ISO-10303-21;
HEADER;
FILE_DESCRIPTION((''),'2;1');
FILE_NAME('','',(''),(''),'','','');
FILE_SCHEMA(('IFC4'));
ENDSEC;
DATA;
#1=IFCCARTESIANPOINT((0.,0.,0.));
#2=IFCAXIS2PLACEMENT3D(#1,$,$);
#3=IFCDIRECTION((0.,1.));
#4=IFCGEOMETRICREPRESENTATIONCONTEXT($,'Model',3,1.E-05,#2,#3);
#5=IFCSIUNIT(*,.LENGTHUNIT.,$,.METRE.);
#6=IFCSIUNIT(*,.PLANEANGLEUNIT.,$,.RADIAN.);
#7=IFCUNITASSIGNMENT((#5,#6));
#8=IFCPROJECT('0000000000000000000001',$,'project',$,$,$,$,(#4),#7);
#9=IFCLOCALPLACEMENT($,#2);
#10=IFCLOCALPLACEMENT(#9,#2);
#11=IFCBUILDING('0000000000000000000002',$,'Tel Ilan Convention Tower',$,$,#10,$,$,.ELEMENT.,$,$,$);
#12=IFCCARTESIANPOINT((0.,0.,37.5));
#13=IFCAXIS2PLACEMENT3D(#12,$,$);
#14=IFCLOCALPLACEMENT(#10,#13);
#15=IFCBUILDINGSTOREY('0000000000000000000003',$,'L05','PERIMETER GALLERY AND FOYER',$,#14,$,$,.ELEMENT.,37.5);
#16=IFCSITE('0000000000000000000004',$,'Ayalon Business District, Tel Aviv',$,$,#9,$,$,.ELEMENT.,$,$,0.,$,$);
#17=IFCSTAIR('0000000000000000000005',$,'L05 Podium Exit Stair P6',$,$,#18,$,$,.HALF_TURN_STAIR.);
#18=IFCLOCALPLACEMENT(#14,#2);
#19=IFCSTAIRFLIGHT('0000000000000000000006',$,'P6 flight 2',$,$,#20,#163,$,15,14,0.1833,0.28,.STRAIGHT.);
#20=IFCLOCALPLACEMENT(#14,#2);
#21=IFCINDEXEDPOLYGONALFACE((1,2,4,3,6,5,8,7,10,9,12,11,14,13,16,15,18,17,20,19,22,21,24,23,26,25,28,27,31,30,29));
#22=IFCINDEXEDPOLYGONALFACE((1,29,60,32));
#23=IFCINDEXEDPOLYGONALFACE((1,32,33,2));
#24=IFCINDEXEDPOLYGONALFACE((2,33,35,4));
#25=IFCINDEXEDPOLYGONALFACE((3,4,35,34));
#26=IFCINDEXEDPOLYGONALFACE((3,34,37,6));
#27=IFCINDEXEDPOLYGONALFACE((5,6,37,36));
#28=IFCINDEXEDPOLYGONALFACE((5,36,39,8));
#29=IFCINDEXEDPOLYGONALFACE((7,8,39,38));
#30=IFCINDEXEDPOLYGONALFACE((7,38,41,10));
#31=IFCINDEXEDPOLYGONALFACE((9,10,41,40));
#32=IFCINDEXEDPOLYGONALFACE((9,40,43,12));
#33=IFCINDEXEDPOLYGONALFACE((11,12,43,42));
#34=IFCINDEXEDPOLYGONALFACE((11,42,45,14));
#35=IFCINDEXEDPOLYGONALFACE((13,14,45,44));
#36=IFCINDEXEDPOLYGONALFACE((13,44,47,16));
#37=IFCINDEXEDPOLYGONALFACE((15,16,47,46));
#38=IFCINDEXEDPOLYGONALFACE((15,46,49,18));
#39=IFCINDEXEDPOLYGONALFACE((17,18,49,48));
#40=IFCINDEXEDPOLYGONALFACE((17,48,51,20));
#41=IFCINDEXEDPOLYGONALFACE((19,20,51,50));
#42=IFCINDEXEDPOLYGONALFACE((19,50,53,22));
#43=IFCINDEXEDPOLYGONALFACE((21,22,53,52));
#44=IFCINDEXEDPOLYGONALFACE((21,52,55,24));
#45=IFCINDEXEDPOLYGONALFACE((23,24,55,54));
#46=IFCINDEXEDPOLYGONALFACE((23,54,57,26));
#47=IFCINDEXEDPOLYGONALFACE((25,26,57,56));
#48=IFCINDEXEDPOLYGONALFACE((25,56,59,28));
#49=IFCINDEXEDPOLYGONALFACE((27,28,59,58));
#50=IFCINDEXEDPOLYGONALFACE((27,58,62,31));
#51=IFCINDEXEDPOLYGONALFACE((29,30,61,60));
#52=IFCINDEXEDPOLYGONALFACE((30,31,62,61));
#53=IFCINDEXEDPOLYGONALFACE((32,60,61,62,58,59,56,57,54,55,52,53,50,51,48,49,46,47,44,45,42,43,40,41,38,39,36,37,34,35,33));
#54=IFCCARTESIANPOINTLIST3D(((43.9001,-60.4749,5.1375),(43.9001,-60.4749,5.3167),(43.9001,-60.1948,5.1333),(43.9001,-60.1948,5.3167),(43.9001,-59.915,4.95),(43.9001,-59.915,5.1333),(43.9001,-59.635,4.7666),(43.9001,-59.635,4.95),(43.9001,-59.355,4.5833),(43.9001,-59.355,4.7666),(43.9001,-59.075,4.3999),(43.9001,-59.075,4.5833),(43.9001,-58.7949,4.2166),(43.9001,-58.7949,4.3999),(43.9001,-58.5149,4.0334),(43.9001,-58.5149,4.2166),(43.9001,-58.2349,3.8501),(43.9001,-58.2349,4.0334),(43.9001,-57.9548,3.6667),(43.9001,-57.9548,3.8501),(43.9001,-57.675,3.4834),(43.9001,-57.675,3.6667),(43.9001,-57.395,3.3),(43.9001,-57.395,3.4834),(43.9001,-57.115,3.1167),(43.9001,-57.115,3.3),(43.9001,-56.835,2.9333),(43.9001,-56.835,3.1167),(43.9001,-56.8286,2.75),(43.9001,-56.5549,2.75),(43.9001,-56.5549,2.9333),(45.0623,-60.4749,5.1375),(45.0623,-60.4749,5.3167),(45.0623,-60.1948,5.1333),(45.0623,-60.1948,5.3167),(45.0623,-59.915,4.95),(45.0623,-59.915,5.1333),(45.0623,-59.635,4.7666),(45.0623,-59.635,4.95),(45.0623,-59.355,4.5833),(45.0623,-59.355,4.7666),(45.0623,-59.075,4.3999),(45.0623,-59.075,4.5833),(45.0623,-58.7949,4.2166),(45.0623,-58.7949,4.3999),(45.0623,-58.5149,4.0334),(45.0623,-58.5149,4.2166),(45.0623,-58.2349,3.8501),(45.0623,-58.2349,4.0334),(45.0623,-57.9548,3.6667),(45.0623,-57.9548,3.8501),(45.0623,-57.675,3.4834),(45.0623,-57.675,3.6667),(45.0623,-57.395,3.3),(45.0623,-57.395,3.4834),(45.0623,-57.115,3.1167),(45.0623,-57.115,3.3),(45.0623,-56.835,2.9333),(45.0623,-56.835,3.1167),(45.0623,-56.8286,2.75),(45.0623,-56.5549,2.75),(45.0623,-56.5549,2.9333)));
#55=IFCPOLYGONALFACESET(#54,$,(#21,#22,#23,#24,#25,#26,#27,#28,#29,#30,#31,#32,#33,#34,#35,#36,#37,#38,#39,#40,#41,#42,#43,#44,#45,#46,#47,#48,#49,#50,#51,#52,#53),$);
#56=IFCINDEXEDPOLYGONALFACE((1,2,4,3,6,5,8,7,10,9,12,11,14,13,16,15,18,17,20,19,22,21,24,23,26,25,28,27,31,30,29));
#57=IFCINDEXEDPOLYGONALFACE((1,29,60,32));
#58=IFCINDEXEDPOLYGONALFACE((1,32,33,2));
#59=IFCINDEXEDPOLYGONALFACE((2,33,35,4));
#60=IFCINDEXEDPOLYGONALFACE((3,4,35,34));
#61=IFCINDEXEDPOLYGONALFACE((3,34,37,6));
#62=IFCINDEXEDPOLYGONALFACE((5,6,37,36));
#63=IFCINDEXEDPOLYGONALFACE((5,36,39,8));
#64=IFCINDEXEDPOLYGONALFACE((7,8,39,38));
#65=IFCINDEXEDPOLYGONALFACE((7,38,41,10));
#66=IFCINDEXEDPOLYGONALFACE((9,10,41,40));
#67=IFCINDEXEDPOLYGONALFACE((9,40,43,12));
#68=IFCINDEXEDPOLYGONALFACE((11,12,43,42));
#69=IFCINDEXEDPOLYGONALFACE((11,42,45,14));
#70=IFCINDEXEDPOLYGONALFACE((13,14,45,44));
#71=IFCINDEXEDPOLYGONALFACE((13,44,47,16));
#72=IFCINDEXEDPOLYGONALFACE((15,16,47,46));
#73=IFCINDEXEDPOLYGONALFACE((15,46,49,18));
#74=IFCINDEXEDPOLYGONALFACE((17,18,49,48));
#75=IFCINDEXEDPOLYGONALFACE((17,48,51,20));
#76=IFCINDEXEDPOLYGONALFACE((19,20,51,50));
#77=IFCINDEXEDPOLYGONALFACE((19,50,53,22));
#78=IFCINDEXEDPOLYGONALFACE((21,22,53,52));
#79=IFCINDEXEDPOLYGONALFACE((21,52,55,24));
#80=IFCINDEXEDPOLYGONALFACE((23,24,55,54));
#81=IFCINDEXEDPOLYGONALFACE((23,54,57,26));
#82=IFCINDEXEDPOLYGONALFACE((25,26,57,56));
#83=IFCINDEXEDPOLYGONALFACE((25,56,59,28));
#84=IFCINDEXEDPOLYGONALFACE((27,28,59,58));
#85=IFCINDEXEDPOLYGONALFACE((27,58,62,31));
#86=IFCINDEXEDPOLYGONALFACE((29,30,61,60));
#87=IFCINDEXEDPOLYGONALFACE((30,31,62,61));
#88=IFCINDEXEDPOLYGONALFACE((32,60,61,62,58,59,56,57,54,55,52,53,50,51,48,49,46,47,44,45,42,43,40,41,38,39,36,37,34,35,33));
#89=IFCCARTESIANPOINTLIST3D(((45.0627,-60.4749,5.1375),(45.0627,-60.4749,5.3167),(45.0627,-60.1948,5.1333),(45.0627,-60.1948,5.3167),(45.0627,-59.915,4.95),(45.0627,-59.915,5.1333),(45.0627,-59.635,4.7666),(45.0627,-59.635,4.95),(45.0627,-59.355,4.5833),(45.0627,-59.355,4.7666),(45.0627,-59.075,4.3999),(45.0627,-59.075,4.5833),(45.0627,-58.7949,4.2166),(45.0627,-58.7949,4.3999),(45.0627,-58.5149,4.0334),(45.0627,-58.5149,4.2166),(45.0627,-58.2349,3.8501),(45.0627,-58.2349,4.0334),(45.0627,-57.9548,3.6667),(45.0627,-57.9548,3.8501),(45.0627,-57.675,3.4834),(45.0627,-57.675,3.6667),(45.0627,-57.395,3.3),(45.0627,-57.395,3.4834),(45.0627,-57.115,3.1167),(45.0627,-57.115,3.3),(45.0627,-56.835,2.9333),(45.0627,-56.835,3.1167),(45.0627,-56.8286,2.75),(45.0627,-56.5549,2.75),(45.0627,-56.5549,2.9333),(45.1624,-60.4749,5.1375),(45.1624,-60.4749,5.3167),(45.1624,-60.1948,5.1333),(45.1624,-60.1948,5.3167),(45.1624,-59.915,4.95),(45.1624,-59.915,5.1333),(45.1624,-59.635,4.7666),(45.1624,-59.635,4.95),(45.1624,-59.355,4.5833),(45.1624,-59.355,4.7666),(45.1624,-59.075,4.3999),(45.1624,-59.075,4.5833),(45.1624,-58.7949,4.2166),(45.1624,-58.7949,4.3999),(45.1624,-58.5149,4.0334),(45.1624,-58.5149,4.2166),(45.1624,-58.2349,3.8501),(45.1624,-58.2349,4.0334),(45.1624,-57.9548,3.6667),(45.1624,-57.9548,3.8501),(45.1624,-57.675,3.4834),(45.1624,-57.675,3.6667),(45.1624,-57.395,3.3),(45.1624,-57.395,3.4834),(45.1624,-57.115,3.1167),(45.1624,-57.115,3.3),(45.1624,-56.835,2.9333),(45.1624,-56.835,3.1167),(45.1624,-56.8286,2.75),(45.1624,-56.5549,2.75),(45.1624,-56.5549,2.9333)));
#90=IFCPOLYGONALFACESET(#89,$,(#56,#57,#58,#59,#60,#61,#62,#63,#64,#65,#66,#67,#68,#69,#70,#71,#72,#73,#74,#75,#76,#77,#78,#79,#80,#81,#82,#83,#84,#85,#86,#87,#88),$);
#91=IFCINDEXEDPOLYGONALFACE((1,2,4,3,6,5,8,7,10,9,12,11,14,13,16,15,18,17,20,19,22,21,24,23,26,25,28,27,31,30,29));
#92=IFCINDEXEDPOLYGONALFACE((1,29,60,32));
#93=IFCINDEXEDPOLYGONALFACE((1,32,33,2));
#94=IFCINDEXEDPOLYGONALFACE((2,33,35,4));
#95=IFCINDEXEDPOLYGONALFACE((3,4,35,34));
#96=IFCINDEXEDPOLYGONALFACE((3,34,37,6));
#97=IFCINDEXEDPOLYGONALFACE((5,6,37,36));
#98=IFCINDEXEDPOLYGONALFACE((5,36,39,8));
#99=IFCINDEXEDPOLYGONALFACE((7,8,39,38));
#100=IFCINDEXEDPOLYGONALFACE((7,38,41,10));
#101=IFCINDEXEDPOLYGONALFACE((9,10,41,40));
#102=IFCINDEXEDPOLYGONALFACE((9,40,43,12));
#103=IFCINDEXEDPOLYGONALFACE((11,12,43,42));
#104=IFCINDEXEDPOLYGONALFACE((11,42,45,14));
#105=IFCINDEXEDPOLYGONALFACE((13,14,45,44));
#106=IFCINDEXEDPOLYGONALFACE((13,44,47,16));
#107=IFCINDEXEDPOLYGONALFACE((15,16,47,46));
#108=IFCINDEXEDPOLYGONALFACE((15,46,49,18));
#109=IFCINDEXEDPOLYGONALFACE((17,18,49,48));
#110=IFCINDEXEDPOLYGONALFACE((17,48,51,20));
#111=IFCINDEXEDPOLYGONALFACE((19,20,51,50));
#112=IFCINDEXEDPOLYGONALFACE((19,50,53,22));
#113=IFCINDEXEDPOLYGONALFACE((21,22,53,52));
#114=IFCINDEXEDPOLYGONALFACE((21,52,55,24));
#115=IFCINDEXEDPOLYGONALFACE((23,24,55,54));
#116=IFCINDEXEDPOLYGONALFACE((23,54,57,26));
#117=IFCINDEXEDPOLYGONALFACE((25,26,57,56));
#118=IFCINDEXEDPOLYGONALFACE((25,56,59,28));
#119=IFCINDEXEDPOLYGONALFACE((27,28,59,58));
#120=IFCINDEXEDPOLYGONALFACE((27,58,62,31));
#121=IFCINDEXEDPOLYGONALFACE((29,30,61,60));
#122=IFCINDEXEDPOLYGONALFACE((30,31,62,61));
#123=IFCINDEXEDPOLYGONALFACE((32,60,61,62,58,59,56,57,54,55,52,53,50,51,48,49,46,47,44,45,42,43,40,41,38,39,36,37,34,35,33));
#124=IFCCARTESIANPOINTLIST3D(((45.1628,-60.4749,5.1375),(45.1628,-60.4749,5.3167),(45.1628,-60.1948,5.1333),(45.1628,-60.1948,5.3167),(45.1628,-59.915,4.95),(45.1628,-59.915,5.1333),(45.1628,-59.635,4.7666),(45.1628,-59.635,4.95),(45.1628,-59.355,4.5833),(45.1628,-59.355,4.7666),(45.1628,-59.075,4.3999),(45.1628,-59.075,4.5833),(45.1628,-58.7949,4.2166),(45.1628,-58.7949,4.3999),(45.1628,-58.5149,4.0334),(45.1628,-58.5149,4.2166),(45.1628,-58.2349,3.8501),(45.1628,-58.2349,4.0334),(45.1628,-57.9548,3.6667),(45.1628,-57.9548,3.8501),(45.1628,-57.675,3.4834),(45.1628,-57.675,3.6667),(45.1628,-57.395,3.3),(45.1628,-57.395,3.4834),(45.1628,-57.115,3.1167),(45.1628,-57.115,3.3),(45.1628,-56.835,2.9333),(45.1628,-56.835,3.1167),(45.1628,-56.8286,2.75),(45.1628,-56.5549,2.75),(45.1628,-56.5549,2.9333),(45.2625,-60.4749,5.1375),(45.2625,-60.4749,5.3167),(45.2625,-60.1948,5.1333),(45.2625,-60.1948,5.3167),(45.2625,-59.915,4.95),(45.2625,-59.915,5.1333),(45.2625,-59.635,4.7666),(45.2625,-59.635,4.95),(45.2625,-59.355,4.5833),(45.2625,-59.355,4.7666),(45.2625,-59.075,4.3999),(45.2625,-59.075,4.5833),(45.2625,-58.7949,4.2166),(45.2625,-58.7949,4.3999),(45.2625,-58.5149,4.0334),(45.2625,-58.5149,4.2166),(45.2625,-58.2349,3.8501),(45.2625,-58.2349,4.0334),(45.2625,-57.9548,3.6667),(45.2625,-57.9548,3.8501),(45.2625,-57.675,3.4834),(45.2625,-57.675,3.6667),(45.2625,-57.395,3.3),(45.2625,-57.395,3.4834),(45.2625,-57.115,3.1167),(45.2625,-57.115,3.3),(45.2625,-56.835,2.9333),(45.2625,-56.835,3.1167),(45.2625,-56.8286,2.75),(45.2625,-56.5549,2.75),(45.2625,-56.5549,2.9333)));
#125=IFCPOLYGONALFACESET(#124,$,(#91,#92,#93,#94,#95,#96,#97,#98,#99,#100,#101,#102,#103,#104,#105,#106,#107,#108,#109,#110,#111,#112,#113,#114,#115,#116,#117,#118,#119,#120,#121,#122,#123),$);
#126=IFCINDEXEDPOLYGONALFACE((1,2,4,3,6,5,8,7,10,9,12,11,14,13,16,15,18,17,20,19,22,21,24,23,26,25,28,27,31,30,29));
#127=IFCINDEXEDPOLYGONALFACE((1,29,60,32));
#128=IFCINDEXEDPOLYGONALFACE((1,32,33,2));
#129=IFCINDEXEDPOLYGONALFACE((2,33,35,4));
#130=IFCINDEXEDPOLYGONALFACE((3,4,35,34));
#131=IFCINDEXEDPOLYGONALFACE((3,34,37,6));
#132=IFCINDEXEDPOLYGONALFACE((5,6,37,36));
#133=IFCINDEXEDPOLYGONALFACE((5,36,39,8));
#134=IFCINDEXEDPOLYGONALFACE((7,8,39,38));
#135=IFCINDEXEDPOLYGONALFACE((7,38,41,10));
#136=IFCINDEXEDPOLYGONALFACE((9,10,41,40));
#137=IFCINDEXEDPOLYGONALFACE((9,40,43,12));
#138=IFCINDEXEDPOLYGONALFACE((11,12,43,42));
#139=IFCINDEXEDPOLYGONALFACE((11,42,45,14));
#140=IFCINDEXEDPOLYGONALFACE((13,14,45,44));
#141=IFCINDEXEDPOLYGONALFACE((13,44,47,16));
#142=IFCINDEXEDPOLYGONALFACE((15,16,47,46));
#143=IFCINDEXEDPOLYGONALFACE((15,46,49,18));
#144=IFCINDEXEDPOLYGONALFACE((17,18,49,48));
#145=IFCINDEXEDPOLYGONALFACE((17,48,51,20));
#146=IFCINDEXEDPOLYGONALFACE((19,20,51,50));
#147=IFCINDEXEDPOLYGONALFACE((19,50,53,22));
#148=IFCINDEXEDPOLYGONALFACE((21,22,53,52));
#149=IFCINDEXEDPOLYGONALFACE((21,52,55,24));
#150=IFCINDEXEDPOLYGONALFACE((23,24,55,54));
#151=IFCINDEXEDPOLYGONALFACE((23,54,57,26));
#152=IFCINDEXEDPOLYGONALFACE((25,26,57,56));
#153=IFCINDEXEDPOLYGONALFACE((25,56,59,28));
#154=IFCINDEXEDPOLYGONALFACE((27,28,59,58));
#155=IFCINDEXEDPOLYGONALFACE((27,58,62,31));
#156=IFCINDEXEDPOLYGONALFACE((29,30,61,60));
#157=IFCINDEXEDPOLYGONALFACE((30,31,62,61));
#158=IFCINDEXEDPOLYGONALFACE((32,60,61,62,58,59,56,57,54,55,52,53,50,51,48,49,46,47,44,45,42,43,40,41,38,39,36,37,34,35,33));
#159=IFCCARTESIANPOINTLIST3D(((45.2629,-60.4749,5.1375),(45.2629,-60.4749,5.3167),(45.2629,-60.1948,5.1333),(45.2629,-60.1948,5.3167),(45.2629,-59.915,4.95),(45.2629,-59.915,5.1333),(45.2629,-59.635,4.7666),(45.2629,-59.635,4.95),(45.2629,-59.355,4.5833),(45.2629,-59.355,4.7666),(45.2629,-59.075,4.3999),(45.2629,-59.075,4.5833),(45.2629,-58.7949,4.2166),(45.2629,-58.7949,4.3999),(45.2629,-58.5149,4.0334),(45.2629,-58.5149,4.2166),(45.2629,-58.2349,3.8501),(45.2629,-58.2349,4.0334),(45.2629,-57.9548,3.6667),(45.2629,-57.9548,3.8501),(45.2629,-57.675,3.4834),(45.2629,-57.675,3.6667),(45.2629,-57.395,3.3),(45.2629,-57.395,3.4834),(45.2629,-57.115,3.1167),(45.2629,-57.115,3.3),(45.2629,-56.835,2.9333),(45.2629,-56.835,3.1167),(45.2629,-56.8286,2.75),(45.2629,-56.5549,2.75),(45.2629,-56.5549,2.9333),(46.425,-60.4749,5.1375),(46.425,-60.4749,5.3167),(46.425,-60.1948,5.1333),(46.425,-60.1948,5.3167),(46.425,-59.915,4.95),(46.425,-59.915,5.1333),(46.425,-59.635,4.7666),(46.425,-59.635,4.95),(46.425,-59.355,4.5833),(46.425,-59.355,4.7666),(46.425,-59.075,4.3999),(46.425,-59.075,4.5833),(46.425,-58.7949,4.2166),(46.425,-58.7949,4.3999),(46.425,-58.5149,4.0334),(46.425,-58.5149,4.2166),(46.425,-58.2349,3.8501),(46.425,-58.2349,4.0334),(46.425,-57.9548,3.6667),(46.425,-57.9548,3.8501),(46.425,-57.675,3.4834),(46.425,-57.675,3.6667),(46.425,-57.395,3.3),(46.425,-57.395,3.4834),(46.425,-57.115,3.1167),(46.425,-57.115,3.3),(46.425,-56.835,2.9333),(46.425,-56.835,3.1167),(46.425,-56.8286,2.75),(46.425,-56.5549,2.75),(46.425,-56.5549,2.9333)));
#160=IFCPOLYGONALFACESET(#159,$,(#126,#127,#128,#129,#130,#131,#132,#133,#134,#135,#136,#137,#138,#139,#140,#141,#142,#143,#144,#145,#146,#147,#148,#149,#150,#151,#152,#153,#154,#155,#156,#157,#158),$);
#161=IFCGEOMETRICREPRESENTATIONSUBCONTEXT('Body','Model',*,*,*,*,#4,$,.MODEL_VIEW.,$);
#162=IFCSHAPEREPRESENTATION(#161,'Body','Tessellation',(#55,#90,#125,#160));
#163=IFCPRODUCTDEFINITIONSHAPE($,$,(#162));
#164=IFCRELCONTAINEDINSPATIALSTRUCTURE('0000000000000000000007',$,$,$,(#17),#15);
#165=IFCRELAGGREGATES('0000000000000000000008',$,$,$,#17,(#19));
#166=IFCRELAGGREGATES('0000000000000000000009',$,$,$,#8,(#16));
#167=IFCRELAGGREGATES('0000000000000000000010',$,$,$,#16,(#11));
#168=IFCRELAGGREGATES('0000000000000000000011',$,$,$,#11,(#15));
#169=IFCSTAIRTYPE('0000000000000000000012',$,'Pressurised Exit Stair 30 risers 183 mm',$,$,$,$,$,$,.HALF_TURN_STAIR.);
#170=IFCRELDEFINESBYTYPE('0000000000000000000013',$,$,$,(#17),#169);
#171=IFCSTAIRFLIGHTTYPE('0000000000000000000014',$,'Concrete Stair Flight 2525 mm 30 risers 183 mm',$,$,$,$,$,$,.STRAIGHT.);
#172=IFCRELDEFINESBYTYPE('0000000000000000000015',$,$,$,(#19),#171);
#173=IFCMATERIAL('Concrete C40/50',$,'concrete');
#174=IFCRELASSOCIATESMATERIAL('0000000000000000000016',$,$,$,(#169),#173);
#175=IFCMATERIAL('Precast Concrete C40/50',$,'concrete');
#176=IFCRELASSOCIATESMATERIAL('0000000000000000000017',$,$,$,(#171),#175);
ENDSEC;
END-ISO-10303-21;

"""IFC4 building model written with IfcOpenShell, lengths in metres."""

from ifc_helpers import new_model, si_unit, direction, frame, origin, place, context, subcontext, project, spatial, polyline, outline, extrude, material, type_object, element, aggregate, save


model = new_model("IFC4")

# Units and contexts
model_context = context("Model", 3, precision=1e-05, world=origin(), true_north=direction((0.0, 1.0)))
body_context = subcontext(model_context, "Body", "Model", "MODEL_VIEW")
ifc_project = project(units=[si_unit("LENGTHUNIT", "METRE"), si_unit("PLANEANGLEUNIT", "RADIAN")], contexts=[model_context])

# Site, building, storey
site_placement = place(None, origin())
site = spatial("IfcSite", under=ifc_project, at=site_placement, Name="Ayalon Business District, Tel Aviv", CompositionType="ELEMENT", RefElevation=0.0)
building_placement = place(site_placement, origin())
building = spatial("IfcBuilding", under=site, at=building_placement, Name="Tel Ilan Convention Tower", CompositionType="ELEMENT")
storey_placement = place(building_placement, frame((0.0, 0.0, 37.5)))
storey = spatial("IfcBuildingStorey", under=building, at=storey_placement, Name="L05", Description="PERIMETER GALLERY AND FOYER", CompositionType="ELEMENT", Elevation=37.5)

# Stair, stair flight
ifc_material_1 = material(Name="Concrete C40/50", Category="concrete")
stair_type = type_object("IfcStairType", Name="Pressurised Exit Stair 30 risers 183 mm", PredefinedType="HALF_TURN_STAIR", material=ifc_material_1)
stair_1_placement = place(storey_placement, origin())
stair_1 = element("IfcStair", 1, at=stair_1_placement, inside=storey, type_object=stair_type, Name="L05 Podium Exit Stair P6", PredefinedType="HALF_TURN_STAIR")
ifc_material_2 = material(Name="Precast Concrete C40/50", Category="concrete")
stair_flight_type = type_object("IfcStairFlightType", Name="Concrete Stair Flight 2525 mm 30 risers 183 mm", PredefinedType="STRAIGHT", material=ifc_material_2)
stair_flight_1_placement = place(storey_placement, frame((45.1626, -56.5549, 2.75), z_axis=(0.0, 0.0, 1.0), x_axis=(0.0, -1.0, 0.0)))
stair_flight_1 = element("IfcStairFlight", 2, at=stair_flight_1_placement, type_object=stair_flight_type, Name="P6 flight 2", NumberOfRisers=15, NumberOfTreads=14, PredefinedType="STRAIGHT", RiserHeight=0.1833, TreadLength=0.28, context=body_context, shape_type="SweptSolid", body=[
    extrude(outline(polyline([(0.0, 0.0), (0.0, 0.1833), (0.28, 0.1833), (0.28, 0.3667), (0.5601, 0.3667), (0.5601, 0.55), (0.8401, 0.55), (0.8401, 0.7334), (1.1201, 0.7334), (1.1201, 0.9167), (1.3999, 0.9167), (1.3999, 1.1001), (1.6799, 1.1001), (1.6799, 1.2834), (1.96, 1.2834), (1.96, 1.4666), (2.24, 1.4666), (2.24, 1.6499), (2.52, 1.6499), (2.52, 1.8333), (2.8, 1.8333), (2.8, 2.0166), (3.0801, 2.0166), (3.0801, 2.2), (3.3601, 2.2), (3.3601, 2.3833), (3.6399, 2.3833), (3.6399, 2.5667), (3.9199, 2.5667), (3.9199, 2.75), (3.9199, 2.3875), (0.2737, 0.0), (0.0, 0.0)])), frame((0.0, -0.1003, 0.0), z_axis=(0.0, -1.0, 0.0), x_axis=(1.0, 0.0, 0.0)), (0.0, 0.0, 1.0), 1.1621),
    extrude(outline(polyline([(0.0, 0.0), (0.0, 0.1833), (0.28, 0.1833), (0.28, 0.3667), (0.5601, 0.3667), (0.5601, 0.55), (0.8401, 0.55), (0.8401, 0.7334), (1.1201, 0.7334), (1.1201, 0.9167), (1.3999, 0.9167), (1.3999, 1.1001), (1.6799, 1.1001), (1.6799, 1.2834), (1.96, 1.2834), (1.96, 1.4666), (2.24, 1.4666), (2.24, 1.6499), (2.52, 1.6499), (2.52, 1.8333), (2.8, 1.8333), (2.8, 2.0166), (3.0801, 2.0166), (3.0801, 2.2), (3.3601, 2.2), (3.3601, 2.3833), (3.6399, 2.3833), (3.6399, 2.5667), (3.9199, 2.5667), (3.9199, 2.75), (3.9199, 2.3875), (0.2737, 0.0), (0.0, 0.0)])), frame((0.0, -0.0002, 0.0), z_axis=(0.0, -1.0, 0.0), x_axis=(1.0, 0.0, 0.0)), (0.0, 0.0, 1.0), 0.0996),
    extrude(outline(polyline([(0.0, 0.0), (0.0, 0.1833), (0.28, 0.1833), (0.28, 0.3667), (0.5601, 0.3667), (0.5601, 0.55), (0.8401, 0.55), (0.8401, 0.7334), (1.1201, 0.7334), (1.1201, 0.9167), (1.3999, 0.9167), (1.3999, 1.1001), (1.6799, 1.1001), (1.6799, 1.2834), (1.96, 1.2834), (1.96, 1.4666), (2.24, 1.4666), (2.24, 1.6499), (2.52, 1.6499), (2.52, 1.8333), (2.8, 1.8333), (2.8, 2.0166), (3.0801, 2.0166), (3.0801, 2.2), (3.3601, 2.2), (3.3601, 2.3833), (3.6399, 2.3833), (3.6399, 2.5667), (3.9199, 2.5667), (3.9199, 2.75), (3.9199, 2.3875), (0.2737, 0.0), (0.0, 0.0)])), frame((0.0, 0.0999, 0.0), z_axis=(0.0, -1.0, 0.0), x_axis=(1.0, 0.0, 0.0)), (0.0, 0.0, 1.0), 0.0996),
    extrude(outline(polyline([(0.0, 0.0), (0.0, 0.1833), (0.28, 0.1833), (0.28, 0.3667), (0.5601, 0.3667), (0.5601, 0.55), (0.8401, 0.55), (0.8401, 0.7334), (1.1201, 0.7334), (1.1201, 0.9167), (1.3999, 0.9167), (1.3999, 1.1001), (1.6799, 1.1001), (1.6799, 1.2834), (1.96, 1.2834), (1.96, 1.4666), (2.24, 1.4666), (2.24, 1.6499), (2.52, 1.6499), (2.52, 1.8333), (2.8, 1.8333), (2.8, 2.0166), (3.0801, 2.0166), (3.0801, 2.2), (3.3601, 2.2), (3.3601, 2.3833), (3.6399, 2.3833), (3.6399, 2.5667), (3.9199, 2.5667), (3.9199, 2.75), (3.9199, 2.3875), (0.2737, 0.0), (0.0, 0.0)])), frame((0.0, 1.2625, 0.0), z_axis=(0.0, -1.0, 0.0), x_axis=(1.0, 0.0, 0.0)), (0.0, 0.0, 1.0), 1.1621),
])
aggregate(stair_1, [stair_flight_1])

save(model, "model.ifc")
